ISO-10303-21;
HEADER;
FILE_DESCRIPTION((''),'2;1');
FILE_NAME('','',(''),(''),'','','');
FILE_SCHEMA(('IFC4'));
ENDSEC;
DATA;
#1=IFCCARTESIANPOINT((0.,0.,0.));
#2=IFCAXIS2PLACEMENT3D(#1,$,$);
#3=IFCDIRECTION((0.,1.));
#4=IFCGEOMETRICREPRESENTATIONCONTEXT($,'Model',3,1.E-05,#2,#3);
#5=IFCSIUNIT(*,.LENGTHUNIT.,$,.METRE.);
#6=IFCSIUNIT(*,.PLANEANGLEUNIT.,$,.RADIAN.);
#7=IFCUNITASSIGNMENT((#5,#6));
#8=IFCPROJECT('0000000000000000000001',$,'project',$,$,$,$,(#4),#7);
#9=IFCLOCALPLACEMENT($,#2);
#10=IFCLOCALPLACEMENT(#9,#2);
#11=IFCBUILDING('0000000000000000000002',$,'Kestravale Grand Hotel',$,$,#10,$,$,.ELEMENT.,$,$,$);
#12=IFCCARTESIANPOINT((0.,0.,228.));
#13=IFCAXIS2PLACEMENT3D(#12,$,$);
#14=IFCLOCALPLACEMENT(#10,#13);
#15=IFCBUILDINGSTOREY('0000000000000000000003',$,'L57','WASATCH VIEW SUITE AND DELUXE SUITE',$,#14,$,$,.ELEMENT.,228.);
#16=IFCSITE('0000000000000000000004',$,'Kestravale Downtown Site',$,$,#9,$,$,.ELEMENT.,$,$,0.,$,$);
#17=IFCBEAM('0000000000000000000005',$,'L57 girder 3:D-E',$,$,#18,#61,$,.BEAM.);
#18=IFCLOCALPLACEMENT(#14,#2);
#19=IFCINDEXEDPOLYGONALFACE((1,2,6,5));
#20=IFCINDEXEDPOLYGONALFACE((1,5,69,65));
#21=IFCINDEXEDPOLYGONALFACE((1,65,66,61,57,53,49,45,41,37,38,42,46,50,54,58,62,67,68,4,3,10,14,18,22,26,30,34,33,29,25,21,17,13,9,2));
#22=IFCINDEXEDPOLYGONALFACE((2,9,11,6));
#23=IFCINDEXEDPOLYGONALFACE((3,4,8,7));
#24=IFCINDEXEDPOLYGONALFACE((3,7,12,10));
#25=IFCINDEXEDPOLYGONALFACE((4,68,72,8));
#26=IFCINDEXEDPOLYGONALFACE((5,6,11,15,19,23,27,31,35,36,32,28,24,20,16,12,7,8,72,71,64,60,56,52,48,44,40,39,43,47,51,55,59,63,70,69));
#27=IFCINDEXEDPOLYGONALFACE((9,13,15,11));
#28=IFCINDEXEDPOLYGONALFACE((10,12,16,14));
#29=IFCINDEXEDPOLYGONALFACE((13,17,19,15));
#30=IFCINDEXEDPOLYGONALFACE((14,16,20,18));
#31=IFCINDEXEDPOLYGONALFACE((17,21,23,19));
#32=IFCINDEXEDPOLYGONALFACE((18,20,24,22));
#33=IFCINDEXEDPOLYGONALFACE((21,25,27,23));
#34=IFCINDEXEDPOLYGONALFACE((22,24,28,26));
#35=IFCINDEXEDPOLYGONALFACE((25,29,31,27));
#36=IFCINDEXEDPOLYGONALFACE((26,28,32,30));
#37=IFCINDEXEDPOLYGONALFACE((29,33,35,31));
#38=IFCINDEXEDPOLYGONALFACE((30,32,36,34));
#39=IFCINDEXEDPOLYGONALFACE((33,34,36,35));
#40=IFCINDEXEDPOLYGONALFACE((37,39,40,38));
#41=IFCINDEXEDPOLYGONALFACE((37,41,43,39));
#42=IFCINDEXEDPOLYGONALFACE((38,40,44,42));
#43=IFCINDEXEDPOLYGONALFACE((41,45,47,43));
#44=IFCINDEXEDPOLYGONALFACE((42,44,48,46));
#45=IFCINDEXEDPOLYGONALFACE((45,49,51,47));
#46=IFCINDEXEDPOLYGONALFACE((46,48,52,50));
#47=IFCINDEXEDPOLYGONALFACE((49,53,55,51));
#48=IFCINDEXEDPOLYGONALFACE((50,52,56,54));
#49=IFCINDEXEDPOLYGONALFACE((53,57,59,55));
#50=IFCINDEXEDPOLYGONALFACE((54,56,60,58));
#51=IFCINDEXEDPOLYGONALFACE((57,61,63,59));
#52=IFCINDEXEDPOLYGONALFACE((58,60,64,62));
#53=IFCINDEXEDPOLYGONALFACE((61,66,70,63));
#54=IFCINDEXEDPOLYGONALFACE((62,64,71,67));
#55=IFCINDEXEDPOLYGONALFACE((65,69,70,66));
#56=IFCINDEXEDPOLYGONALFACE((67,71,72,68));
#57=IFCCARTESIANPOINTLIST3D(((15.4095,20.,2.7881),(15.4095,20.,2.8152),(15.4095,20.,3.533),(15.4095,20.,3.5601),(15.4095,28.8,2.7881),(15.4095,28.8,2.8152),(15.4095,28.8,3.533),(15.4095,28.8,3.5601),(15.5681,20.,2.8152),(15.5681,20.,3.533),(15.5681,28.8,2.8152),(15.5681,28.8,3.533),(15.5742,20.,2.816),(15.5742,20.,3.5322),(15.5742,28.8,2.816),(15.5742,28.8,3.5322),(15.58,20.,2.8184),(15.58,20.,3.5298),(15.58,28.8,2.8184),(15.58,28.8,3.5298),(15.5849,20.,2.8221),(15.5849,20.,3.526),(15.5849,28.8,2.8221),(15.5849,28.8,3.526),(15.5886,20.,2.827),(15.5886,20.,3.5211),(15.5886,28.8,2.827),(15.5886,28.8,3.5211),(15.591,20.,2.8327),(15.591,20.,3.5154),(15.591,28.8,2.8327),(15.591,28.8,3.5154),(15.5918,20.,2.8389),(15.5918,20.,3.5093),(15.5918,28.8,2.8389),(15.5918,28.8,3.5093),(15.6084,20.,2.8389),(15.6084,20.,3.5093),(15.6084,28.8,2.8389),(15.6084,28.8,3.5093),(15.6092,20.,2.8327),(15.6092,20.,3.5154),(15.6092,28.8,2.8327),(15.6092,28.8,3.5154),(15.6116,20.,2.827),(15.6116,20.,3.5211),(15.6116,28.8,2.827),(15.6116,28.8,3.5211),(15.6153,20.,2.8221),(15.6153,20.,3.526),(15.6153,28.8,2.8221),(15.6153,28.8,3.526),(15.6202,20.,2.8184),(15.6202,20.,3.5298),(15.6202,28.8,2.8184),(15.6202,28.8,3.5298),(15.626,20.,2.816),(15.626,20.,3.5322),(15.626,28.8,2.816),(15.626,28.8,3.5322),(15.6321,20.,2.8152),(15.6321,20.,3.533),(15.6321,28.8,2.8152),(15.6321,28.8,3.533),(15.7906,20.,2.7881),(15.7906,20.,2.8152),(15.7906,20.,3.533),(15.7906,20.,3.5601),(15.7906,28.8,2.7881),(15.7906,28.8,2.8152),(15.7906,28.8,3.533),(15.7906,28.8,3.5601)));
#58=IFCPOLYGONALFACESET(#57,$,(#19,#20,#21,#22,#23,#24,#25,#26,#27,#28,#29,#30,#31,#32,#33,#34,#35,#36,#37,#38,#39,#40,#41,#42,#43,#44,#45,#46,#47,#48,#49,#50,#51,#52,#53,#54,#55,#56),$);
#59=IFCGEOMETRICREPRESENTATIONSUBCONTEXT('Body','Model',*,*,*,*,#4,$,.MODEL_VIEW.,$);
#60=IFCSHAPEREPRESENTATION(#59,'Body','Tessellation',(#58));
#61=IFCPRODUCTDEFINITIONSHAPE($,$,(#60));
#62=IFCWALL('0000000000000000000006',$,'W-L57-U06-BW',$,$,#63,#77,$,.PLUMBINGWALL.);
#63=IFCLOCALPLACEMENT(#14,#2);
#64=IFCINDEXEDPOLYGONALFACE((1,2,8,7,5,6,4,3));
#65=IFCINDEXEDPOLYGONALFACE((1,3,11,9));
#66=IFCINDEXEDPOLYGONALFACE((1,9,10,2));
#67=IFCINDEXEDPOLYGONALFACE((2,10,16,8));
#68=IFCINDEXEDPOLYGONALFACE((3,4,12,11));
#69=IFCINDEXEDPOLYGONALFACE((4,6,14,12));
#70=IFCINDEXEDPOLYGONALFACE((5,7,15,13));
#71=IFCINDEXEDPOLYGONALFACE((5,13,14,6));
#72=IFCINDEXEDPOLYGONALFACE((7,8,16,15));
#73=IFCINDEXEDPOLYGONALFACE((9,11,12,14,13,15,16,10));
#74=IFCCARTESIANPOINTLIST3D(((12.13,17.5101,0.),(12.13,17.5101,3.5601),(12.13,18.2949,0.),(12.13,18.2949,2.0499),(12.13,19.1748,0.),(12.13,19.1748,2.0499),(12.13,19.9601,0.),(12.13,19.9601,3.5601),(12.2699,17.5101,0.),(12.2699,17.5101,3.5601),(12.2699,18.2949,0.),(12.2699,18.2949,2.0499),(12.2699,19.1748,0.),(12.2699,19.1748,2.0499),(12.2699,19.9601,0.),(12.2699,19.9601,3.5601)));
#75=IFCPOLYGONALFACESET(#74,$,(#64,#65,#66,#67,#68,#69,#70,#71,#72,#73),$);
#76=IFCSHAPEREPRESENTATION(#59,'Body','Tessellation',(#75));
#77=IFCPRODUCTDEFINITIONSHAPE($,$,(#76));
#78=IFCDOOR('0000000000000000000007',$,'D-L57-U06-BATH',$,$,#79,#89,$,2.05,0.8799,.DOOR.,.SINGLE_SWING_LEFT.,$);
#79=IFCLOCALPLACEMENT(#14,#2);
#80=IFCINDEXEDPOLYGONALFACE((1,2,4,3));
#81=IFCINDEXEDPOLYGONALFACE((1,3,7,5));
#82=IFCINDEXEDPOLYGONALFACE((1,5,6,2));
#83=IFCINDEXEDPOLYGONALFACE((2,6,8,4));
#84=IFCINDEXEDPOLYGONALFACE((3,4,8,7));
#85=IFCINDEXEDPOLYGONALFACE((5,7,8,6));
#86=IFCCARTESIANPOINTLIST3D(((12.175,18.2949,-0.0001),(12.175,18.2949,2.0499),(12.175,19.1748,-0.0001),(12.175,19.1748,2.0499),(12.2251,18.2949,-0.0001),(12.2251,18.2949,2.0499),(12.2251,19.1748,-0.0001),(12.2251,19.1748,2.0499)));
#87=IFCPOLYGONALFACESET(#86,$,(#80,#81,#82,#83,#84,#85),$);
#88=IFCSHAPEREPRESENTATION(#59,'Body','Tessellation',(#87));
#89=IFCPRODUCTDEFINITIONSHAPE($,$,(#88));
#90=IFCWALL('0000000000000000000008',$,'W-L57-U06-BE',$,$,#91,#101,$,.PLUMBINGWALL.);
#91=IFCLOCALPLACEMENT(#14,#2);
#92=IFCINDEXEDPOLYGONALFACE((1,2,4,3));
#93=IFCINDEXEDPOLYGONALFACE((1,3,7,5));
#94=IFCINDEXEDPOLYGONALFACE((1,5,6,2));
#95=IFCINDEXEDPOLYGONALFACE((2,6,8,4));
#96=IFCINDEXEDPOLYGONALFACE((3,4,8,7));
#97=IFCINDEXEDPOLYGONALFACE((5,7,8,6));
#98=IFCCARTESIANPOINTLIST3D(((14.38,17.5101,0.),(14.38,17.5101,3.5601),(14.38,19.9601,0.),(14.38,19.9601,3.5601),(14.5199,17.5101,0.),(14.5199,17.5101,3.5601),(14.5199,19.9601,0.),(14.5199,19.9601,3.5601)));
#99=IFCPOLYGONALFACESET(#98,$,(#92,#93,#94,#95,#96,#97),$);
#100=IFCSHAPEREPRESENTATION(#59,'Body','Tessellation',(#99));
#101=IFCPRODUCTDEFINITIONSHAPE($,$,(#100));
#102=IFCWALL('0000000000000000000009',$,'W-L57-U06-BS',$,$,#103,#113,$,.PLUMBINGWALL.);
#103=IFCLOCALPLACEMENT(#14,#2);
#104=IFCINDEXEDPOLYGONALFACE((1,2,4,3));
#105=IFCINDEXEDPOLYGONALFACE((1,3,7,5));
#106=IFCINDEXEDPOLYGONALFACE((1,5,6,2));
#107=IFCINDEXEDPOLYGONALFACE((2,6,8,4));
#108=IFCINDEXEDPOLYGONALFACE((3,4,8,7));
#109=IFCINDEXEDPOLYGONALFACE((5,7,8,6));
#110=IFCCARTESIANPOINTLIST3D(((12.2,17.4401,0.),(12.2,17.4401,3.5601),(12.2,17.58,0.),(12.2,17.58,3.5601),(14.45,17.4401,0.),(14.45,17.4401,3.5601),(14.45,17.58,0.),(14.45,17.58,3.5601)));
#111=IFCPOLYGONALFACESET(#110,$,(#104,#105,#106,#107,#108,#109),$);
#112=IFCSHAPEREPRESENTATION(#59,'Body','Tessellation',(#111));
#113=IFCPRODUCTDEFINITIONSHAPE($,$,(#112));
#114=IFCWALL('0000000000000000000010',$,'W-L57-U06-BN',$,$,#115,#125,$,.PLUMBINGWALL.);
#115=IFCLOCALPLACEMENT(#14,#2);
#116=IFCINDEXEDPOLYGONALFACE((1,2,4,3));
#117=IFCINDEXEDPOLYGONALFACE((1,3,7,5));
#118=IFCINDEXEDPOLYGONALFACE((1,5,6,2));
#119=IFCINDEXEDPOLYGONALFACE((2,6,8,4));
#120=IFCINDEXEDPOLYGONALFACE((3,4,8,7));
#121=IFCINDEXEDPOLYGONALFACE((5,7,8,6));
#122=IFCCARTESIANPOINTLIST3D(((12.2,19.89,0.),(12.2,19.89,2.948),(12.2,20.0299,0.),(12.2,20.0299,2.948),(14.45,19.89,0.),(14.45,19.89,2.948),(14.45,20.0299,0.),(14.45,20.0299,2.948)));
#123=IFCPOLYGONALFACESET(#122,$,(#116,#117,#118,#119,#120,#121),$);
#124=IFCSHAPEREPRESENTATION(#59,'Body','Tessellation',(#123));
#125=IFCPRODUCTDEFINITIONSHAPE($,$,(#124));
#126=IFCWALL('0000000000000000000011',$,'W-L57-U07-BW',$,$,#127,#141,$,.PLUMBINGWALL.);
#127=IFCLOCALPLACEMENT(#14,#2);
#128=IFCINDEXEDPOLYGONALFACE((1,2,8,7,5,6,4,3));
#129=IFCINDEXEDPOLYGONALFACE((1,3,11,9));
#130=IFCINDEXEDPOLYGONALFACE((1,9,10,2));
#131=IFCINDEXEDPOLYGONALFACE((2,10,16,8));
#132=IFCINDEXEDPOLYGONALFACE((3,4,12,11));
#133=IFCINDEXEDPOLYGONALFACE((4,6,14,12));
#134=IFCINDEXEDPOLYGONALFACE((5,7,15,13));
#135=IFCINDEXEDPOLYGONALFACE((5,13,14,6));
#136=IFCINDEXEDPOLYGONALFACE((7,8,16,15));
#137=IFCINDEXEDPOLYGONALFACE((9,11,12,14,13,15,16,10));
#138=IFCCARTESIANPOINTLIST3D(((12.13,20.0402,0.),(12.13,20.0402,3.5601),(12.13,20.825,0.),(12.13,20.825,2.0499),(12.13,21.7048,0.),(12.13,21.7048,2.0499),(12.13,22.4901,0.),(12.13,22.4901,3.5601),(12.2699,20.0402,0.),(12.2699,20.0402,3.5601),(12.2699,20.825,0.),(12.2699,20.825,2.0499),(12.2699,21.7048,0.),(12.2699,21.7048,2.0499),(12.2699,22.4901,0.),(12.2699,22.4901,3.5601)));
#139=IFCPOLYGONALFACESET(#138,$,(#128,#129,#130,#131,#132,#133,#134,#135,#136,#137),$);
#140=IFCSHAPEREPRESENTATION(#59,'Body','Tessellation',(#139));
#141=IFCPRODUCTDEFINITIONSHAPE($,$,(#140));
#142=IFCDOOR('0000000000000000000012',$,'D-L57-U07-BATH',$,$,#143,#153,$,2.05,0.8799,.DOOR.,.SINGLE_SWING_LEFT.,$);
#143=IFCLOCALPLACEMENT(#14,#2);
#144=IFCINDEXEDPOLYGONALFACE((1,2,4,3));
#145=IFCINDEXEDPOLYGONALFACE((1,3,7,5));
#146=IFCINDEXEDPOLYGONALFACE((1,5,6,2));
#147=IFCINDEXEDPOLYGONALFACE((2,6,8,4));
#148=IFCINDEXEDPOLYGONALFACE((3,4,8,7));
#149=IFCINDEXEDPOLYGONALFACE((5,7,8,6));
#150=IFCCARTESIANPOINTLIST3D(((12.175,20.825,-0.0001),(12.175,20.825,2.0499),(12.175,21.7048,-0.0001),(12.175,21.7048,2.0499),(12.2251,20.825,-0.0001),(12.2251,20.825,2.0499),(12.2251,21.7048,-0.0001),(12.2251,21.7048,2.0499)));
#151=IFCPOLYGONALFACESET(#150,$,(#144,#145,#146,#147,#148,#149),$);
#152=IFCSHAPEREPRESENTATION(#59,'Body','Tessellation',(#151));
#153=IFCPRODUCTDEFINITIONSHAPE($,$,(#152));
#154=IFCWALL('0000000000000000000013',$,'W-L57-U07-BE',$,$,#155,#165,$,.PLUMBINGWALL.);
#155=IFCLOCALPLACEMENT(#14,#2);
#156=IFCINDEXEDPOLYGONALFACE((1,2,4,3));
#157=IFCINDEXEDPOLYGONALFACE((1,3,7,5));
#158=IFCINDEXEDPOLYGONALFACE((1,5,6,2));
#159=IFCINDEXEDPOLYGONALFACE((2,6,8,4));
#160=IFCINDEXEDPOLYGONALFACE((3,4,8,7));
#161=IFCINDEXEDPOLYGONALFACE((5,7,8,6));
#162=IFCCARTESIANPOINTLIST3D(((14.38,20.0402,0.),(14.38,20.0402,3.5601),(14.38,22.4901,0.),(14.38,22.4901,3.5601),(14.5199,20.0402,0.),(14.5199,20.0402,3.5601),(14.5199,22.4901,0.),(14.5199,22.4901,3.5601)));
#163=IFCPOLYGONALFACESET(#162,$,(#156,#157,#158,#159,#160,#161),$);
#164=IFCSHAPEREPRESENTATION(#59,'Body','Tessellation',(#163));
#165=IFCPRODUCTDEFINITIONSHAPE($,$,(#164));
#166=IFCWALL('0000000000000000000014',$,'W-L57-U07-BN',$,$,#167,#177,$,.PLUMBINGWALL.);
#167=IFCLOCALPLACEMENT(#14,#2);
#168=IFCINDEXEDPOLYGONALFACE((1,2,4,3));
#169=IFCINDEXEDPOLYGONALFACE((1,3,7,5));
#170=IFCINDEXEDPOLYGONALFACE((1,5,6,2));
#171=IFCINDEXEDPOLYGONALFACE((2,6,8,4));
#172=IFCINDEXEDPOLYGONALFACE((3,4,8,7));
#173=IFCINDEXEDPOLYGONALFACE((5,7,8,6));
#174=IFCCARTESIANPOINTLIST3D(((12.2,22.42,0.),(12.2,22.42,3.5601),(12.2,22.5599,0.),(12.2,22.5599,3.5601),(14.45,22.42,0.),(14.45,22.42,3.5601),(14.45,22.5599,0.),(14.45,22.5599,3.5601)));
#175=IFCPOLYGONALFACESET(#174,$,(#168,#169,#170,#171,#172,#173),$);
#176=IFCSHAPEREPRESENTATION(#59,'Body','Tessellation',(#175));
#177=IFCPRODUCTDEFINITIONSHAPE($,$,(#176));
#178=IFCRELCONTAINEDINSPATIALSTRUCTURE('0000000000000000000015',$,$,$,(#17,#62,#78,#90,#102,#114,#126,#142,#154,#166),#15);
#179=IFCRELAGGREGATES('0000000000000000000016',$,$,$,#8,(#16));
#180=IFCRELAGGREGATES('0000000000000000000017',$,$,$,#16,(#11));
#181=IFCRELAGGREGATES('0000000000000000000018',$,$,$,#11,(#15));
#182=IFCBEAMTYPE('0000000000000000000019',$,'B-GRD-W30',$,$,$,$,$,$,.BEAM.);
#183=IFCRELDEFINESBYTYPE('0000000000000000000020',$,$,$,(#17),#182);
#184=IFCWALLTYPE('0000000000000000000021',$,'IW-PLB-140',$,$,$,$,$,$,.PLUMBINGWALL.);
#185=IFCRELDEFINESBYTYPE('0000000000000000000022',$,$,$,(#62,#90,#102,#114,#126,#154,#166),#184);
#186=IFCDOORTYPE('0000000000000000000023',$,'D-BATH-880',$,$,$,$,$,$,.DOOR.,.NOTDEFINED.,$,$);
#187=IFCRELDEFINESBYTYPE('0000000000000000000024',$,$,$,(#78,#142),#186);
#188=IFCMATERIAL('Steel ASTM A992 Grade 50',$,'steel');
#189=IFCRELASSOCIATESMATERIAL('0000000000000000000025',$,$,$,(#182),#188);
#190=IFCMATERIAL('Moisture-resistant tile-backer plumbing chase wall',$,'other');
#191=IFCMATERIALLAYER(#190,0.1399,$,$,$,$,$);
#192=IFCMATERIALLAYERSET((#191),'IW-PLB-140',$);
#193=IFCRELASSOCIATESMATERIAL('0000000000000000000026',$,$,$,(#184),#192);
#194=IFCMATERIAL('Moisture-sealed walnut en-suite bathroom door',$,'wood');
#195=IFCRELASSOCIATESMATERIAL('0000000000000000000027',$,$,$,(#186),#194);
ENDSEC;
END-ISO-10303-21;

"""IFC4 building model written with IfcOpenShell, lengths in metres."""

from ifc_helpers import new_model, si_unit, direction, frame, frame_2d, origin, origin_2d, place, context, subcontext, project, spatial, rectangle, i_section, extrude, material, layer, layer_set, material_profile, profile_set, type_object, element, fill, save


model = new_model("IFC4")

# Units and contexts
model_context = context("Model", 3, precision=1e-05, world=origin(), true_north=direction((0.0, 1.0)))
body_context = subcontext(model_context, "Body", "Model", "MODEL_VIEW")
ifc_project = project(units=[si_unit("LENGTHUNIT", "METRE"), si_unit("PLANEANGLEUNIT", "RADIAN")], contexts=[model_context])

# Site, building, storey
site_placement = place(None, origin())
site = spatial("IfcSite", under=ifc_project, at=site_placement, Name="Kestravale Downtown Site", CompositionType="ELEMENT", RefElevation=0.0)
building_placement = place(site_placement, origin())
building = spatial("IfcBuilding", under=site, at=building_placement, Name="Kestravale Grand Hotel", CompositionType="ELEMENT")
storey_placement = place(building_placement, frame((0.0, 0.0, 228.0)))
storey = spatial("IfcBuildingStorey", under=building, at=storey_placement, Name="L57", Description="WASATCH VIEW SUITE AND DELUXE SUITE", CompositionType="ELEMENT", Elevation=228.0)

# Beam
ifc_material_1 = material(Name="Steel ASTM A992 Grade 50", Category="steel")
ifc_material_profile_1 = material_profile(ifc_material_1, i_section(OverallWidth=0.3811, OverallDepth=0.772, WebThickness=0.0166, FlangeThickness=0.0271, FilletRadius=0.0237, at=origin_2d()))
ifc_profile_set_1 = profile_set([ifc_material_profile_1], Name="Steel ASTM A992 Grade 50")
beam_type_1 = type_object("IfcBeamType", Name="B-GRD-W30", PredefinedType="BEAM", material=ifc_profile_set_1)
for number, where, z_axis, x_axis, name in (
    (1, (15.6001, 20.0, 3.1741), (0.0, 1.0, 0.0), (-1.0, 0.0, 0.0), "L57 girder 3:D-E"),
):
    element("IfcBeam", number, at=place(storey_placement, frame(where, z_axis=z_axis, x_axis=x_axis)), inside=storey, type_object=beam_type_1, Name=name, PredefinedType="BEAM", context=body_context, shape_type="SweptSolid", body=[
        extrude(i_section(OverallWidth=0.3811, OverallDepth=0.772, WebThickness=0.0166, FlangeThickness=0.0271, FilletRadius=0.0237, at=origin_2d()), origin(), (0.0, 0.0, 1.0), 8.8),
    ])

# Wall, opening, door
ifc_material_2 = material(Name="Moisture-resistant tile-backer plumbing chase wall", Category="other")
ifc_layer_1 = layer(ifc_material_2, 0.1399)
ifc_layer_set_1 = layer_set([ifc_layer_1], Name="IW-PLB-140")
wall_type_1 = type_object("IfcWallType", Name="IW-PLB-140", PredefinedType="PLUMBINGWALL", material=ifc_layer_set_1)
wall_1_placement = place(storey_placement, frame((12.2, 17.51, 0.0), z_axis=(0.0, 0.0, 1.0), x_axis=(0.0, 1.0, 0.0)))
wall_1 = element("IfcWall", 2, at=wall_1_placement, inside=storey, type_object=wall_type_1, Name="W-L57-U06-BW", PredefinedType="PLUMBINGWALL", context=body_context, shape_type="SweptSolid", body=[
    extrude(rectangle(XDim=2.45, YDim=0.1399, at=frame_2d((1.2251, 0.0))), origin(), (0.0, 0.0, 1.0), 3.5601),
])
opening_1_placement = place(wall_1_placement, frame((0.7849, 0.0, 0.0)))
opening_1 = element("IfcOpeningElement", 3, at=opening_1_placement, cuts=wall_1, PredefinedType="OPENING", context=body_context, shape_type="SweptSolid", body=[
    extrude(rectangle(XDim=0.8799, YDim=2.05, at=frame_2d((0.4399, 1.0249))), frame((0.0, 0.0798, 0.0), z_axis=(0.0, -1.0, 0.0), x_axis=(1.0, 0.0, 0.0)), (0.0, 0.0, 1.0), 0.1599),
])
ifc_material_3 = material(Name="Moisture-sealed walnut en-suite bathroom door", Category="wood")
door_type = type_object("IfcDoorType", Name="D-BATH-880", OperationType="NOTDEFINED", PredefinedType="DOOR", material=ifc_material_3)
door_1_placement = place(opening_1_placement, origin())
door_1 = element("IfcDoor", 4, at=door_1_placement, inside=storey, type_object=door_type, Name="D-L57-U06-BATH", OperationType="SINGLE_SWING_LEFT", OverallHeight=2.05, OverallWidth=0.8799, PredefinedType="DOOR", context=body_context, shape_type="SweptSolid", body=[
    extrude(rectangle(XDim=0.8799, YDim=2.05, at=frame_2d((0.4399, 1.0249))), frame((0.0, 0.0249, 0.0), z_axis=(0.0, -1.0, 0.0), x_axis=(1.0, 0.0, 0.0)), (0.0, 0.0, 1.0), 0.05),
])
fill(opening_1, door_1)

# Walls
wall_2_placement = place(storey_placement, frame((14.45, 17.51, 0.0), z_axis=(0.0, 0.0, 1.0), x_axis=(0.0, 1.0, 0.0)))
element("IfcWall", 5, at=wall_2_placement, inside=storey, type_object=wall_type_1, Name="W-L57-U06-BE", PredefinedType="PLUMBINGWALL", context=body_context, shape_type="SweptSolid", body=[
    extrude(rectangle(XDim=2.45, YDim=0.1399, at=frame_2d((1.2251, 0.0))), origin(), (0.0, 0.0, 1.0), 3.5601),
])
wall_3_placement = place(storey_placement, frame((12.2, 17.51, 0.0), z_axis=(0.0, 0.0, 1.0), x_axis=(1.0, 0.0, 0.0)))
element("IfcWall", 6, at=wall_3_placement, inside=storey, type_object=wall_type_1, Name="W-L57-U06-BS", PredefinedType="PLUMBINGWALL", context=body_context, shape_type="SweptSolid", body=[
    extrude(rectangle(XDim=2.25, YDim=0.1399, at=frame_2d((1.125, 0.0))), origin(), (0.0, 0.0, 1.0), 3.5601),
])
wall_4_placement = place(storey_placement, frame((12.2, 19.96, 0.0), z_axis=(0.0, 0.0, 1.0), x_axis=(1.0, 0.0, 0.0)))
element("IfcWall", 7, at=wall_4_placement, inside=storey, type_object=wall_type_1, Name="W-L57-U06-BN", PredefinedType="PLUMBINGWALL", context=body_context, shape_type="SweptSolid", body=[
    extrude(rectangle(XDim=2.25, YDim=0.1399, at=frame_2d((1.125, 0.0))), origin(), (0.0, 0.0, 1.0), 2.948),
])

# Wall, opening, door
wall_5_placement = place(storey_placement, frame((12.2, 20.04, 0.0), z_axis=(0.0, 0.0, 1.0), x_axis=(0.0, 1.0, 0.0)))
wall_5 = element("IfcWall", 8, at=wall_5_placement, inside=storey, type_object=wall_type_1, Name="W-L57-U07-BW", PredefinedType="PLUMBINGWALL", context=body_context, shape_type="SweptSolid", body=[
    extrude(rectangle(XDim=2.45, YDim=0.1399, at=frame_2d((1.2251, 0.0))), origin(), (0.0, 0.0, 1.0), 3.5601),
])
opening_2_placement = place(wall_5_placement, frame((0.7849, 0.0, 0.0)))
opening_2 = element("IfcOpeningElement", 9, at=opening_2_placement, cuts=wall_5, PredefinedType="OPENING", context=body_context, shape_type="SweptSolid", body=[
    extrude(rectangle(XDim=0.8799, YDim=2.05, at=frame_2d((0.4399, 1.0249))), frame((0.0, 0.0798, 0.0), z_axis=(0.0, -1.0, 0.0), x_axis=(1.0, 0.0, 0.0)), (0.0, 0.0, 1.0), 0.1599),
])
door_2_placement = place(opening_2_placement, origin())
door_2 = element("IfcDoor", 10, at=door_2_placement, inside=storey, type_object=door_type, Name="D-L57-U07-BATH", OperationType="SINGLE_SWING_LEFT", OverallHeight=2.05, OverallWidth=0.8799, PredefinedType="DOOR", context=body_context, shape_type="SweptSolid", body=[
    extrude(rectangle(XDim=0.8799, YDim=2.05, at=frame_2d((0.4399, 1.0249))), frame((0.0, 0.0249, 0.0), z_axis=(0.0, -1.0, 0.0), x_axis=(1.0, 0.0, 0.0)), (0.0, 0.0, 1.0), 0.05),
])
fill(opening_2, door_2)

# Walls
wall_6_placement = place(storey_placement, frame((14.45, 20.04, 0.0), z_axis=(0.0, 0.0, 1.0), x_axis=(0.0, 1.0, 0.0)))
element("IfcWall", 11, at=wall_6_placement, inside=storey, type_object=wall_type_1, Name="W-L57-U07-BE", PredefinedType="PLUMBINGWALL", context=body_context, shape_type="SweptSolid", body=[
    extrude(rectangle(XDim=2.45, YDim=0.1399, at=frame_2d((1.2251, 0.0))), origin(), (0.0, 0.0, 1.0), 3.5601),
])
wall_7_placement = place(storey_placement, frame((12.2, 22.49, 0.0), z_axis=(0.0, 0.0, 1.0), x_axis=(1.0, 0.0, 0.0)))
element("IfcWall", 12, at=wall_7_placement, inside=storey, type_object=wall_type_1, Name="W-L57-U07-BN", PredefinedType="PLUMBINGWALL", context=body_context, shape_type="SweptSolid", body=[
    extrude(rectangle(XDim=2.25, YDim=0.1399, at=frame_2d((1.125, 0.0))), origin(), (0.0, 0.0, 1.0), 3.5601),
])

save(model, "model.ifc")
